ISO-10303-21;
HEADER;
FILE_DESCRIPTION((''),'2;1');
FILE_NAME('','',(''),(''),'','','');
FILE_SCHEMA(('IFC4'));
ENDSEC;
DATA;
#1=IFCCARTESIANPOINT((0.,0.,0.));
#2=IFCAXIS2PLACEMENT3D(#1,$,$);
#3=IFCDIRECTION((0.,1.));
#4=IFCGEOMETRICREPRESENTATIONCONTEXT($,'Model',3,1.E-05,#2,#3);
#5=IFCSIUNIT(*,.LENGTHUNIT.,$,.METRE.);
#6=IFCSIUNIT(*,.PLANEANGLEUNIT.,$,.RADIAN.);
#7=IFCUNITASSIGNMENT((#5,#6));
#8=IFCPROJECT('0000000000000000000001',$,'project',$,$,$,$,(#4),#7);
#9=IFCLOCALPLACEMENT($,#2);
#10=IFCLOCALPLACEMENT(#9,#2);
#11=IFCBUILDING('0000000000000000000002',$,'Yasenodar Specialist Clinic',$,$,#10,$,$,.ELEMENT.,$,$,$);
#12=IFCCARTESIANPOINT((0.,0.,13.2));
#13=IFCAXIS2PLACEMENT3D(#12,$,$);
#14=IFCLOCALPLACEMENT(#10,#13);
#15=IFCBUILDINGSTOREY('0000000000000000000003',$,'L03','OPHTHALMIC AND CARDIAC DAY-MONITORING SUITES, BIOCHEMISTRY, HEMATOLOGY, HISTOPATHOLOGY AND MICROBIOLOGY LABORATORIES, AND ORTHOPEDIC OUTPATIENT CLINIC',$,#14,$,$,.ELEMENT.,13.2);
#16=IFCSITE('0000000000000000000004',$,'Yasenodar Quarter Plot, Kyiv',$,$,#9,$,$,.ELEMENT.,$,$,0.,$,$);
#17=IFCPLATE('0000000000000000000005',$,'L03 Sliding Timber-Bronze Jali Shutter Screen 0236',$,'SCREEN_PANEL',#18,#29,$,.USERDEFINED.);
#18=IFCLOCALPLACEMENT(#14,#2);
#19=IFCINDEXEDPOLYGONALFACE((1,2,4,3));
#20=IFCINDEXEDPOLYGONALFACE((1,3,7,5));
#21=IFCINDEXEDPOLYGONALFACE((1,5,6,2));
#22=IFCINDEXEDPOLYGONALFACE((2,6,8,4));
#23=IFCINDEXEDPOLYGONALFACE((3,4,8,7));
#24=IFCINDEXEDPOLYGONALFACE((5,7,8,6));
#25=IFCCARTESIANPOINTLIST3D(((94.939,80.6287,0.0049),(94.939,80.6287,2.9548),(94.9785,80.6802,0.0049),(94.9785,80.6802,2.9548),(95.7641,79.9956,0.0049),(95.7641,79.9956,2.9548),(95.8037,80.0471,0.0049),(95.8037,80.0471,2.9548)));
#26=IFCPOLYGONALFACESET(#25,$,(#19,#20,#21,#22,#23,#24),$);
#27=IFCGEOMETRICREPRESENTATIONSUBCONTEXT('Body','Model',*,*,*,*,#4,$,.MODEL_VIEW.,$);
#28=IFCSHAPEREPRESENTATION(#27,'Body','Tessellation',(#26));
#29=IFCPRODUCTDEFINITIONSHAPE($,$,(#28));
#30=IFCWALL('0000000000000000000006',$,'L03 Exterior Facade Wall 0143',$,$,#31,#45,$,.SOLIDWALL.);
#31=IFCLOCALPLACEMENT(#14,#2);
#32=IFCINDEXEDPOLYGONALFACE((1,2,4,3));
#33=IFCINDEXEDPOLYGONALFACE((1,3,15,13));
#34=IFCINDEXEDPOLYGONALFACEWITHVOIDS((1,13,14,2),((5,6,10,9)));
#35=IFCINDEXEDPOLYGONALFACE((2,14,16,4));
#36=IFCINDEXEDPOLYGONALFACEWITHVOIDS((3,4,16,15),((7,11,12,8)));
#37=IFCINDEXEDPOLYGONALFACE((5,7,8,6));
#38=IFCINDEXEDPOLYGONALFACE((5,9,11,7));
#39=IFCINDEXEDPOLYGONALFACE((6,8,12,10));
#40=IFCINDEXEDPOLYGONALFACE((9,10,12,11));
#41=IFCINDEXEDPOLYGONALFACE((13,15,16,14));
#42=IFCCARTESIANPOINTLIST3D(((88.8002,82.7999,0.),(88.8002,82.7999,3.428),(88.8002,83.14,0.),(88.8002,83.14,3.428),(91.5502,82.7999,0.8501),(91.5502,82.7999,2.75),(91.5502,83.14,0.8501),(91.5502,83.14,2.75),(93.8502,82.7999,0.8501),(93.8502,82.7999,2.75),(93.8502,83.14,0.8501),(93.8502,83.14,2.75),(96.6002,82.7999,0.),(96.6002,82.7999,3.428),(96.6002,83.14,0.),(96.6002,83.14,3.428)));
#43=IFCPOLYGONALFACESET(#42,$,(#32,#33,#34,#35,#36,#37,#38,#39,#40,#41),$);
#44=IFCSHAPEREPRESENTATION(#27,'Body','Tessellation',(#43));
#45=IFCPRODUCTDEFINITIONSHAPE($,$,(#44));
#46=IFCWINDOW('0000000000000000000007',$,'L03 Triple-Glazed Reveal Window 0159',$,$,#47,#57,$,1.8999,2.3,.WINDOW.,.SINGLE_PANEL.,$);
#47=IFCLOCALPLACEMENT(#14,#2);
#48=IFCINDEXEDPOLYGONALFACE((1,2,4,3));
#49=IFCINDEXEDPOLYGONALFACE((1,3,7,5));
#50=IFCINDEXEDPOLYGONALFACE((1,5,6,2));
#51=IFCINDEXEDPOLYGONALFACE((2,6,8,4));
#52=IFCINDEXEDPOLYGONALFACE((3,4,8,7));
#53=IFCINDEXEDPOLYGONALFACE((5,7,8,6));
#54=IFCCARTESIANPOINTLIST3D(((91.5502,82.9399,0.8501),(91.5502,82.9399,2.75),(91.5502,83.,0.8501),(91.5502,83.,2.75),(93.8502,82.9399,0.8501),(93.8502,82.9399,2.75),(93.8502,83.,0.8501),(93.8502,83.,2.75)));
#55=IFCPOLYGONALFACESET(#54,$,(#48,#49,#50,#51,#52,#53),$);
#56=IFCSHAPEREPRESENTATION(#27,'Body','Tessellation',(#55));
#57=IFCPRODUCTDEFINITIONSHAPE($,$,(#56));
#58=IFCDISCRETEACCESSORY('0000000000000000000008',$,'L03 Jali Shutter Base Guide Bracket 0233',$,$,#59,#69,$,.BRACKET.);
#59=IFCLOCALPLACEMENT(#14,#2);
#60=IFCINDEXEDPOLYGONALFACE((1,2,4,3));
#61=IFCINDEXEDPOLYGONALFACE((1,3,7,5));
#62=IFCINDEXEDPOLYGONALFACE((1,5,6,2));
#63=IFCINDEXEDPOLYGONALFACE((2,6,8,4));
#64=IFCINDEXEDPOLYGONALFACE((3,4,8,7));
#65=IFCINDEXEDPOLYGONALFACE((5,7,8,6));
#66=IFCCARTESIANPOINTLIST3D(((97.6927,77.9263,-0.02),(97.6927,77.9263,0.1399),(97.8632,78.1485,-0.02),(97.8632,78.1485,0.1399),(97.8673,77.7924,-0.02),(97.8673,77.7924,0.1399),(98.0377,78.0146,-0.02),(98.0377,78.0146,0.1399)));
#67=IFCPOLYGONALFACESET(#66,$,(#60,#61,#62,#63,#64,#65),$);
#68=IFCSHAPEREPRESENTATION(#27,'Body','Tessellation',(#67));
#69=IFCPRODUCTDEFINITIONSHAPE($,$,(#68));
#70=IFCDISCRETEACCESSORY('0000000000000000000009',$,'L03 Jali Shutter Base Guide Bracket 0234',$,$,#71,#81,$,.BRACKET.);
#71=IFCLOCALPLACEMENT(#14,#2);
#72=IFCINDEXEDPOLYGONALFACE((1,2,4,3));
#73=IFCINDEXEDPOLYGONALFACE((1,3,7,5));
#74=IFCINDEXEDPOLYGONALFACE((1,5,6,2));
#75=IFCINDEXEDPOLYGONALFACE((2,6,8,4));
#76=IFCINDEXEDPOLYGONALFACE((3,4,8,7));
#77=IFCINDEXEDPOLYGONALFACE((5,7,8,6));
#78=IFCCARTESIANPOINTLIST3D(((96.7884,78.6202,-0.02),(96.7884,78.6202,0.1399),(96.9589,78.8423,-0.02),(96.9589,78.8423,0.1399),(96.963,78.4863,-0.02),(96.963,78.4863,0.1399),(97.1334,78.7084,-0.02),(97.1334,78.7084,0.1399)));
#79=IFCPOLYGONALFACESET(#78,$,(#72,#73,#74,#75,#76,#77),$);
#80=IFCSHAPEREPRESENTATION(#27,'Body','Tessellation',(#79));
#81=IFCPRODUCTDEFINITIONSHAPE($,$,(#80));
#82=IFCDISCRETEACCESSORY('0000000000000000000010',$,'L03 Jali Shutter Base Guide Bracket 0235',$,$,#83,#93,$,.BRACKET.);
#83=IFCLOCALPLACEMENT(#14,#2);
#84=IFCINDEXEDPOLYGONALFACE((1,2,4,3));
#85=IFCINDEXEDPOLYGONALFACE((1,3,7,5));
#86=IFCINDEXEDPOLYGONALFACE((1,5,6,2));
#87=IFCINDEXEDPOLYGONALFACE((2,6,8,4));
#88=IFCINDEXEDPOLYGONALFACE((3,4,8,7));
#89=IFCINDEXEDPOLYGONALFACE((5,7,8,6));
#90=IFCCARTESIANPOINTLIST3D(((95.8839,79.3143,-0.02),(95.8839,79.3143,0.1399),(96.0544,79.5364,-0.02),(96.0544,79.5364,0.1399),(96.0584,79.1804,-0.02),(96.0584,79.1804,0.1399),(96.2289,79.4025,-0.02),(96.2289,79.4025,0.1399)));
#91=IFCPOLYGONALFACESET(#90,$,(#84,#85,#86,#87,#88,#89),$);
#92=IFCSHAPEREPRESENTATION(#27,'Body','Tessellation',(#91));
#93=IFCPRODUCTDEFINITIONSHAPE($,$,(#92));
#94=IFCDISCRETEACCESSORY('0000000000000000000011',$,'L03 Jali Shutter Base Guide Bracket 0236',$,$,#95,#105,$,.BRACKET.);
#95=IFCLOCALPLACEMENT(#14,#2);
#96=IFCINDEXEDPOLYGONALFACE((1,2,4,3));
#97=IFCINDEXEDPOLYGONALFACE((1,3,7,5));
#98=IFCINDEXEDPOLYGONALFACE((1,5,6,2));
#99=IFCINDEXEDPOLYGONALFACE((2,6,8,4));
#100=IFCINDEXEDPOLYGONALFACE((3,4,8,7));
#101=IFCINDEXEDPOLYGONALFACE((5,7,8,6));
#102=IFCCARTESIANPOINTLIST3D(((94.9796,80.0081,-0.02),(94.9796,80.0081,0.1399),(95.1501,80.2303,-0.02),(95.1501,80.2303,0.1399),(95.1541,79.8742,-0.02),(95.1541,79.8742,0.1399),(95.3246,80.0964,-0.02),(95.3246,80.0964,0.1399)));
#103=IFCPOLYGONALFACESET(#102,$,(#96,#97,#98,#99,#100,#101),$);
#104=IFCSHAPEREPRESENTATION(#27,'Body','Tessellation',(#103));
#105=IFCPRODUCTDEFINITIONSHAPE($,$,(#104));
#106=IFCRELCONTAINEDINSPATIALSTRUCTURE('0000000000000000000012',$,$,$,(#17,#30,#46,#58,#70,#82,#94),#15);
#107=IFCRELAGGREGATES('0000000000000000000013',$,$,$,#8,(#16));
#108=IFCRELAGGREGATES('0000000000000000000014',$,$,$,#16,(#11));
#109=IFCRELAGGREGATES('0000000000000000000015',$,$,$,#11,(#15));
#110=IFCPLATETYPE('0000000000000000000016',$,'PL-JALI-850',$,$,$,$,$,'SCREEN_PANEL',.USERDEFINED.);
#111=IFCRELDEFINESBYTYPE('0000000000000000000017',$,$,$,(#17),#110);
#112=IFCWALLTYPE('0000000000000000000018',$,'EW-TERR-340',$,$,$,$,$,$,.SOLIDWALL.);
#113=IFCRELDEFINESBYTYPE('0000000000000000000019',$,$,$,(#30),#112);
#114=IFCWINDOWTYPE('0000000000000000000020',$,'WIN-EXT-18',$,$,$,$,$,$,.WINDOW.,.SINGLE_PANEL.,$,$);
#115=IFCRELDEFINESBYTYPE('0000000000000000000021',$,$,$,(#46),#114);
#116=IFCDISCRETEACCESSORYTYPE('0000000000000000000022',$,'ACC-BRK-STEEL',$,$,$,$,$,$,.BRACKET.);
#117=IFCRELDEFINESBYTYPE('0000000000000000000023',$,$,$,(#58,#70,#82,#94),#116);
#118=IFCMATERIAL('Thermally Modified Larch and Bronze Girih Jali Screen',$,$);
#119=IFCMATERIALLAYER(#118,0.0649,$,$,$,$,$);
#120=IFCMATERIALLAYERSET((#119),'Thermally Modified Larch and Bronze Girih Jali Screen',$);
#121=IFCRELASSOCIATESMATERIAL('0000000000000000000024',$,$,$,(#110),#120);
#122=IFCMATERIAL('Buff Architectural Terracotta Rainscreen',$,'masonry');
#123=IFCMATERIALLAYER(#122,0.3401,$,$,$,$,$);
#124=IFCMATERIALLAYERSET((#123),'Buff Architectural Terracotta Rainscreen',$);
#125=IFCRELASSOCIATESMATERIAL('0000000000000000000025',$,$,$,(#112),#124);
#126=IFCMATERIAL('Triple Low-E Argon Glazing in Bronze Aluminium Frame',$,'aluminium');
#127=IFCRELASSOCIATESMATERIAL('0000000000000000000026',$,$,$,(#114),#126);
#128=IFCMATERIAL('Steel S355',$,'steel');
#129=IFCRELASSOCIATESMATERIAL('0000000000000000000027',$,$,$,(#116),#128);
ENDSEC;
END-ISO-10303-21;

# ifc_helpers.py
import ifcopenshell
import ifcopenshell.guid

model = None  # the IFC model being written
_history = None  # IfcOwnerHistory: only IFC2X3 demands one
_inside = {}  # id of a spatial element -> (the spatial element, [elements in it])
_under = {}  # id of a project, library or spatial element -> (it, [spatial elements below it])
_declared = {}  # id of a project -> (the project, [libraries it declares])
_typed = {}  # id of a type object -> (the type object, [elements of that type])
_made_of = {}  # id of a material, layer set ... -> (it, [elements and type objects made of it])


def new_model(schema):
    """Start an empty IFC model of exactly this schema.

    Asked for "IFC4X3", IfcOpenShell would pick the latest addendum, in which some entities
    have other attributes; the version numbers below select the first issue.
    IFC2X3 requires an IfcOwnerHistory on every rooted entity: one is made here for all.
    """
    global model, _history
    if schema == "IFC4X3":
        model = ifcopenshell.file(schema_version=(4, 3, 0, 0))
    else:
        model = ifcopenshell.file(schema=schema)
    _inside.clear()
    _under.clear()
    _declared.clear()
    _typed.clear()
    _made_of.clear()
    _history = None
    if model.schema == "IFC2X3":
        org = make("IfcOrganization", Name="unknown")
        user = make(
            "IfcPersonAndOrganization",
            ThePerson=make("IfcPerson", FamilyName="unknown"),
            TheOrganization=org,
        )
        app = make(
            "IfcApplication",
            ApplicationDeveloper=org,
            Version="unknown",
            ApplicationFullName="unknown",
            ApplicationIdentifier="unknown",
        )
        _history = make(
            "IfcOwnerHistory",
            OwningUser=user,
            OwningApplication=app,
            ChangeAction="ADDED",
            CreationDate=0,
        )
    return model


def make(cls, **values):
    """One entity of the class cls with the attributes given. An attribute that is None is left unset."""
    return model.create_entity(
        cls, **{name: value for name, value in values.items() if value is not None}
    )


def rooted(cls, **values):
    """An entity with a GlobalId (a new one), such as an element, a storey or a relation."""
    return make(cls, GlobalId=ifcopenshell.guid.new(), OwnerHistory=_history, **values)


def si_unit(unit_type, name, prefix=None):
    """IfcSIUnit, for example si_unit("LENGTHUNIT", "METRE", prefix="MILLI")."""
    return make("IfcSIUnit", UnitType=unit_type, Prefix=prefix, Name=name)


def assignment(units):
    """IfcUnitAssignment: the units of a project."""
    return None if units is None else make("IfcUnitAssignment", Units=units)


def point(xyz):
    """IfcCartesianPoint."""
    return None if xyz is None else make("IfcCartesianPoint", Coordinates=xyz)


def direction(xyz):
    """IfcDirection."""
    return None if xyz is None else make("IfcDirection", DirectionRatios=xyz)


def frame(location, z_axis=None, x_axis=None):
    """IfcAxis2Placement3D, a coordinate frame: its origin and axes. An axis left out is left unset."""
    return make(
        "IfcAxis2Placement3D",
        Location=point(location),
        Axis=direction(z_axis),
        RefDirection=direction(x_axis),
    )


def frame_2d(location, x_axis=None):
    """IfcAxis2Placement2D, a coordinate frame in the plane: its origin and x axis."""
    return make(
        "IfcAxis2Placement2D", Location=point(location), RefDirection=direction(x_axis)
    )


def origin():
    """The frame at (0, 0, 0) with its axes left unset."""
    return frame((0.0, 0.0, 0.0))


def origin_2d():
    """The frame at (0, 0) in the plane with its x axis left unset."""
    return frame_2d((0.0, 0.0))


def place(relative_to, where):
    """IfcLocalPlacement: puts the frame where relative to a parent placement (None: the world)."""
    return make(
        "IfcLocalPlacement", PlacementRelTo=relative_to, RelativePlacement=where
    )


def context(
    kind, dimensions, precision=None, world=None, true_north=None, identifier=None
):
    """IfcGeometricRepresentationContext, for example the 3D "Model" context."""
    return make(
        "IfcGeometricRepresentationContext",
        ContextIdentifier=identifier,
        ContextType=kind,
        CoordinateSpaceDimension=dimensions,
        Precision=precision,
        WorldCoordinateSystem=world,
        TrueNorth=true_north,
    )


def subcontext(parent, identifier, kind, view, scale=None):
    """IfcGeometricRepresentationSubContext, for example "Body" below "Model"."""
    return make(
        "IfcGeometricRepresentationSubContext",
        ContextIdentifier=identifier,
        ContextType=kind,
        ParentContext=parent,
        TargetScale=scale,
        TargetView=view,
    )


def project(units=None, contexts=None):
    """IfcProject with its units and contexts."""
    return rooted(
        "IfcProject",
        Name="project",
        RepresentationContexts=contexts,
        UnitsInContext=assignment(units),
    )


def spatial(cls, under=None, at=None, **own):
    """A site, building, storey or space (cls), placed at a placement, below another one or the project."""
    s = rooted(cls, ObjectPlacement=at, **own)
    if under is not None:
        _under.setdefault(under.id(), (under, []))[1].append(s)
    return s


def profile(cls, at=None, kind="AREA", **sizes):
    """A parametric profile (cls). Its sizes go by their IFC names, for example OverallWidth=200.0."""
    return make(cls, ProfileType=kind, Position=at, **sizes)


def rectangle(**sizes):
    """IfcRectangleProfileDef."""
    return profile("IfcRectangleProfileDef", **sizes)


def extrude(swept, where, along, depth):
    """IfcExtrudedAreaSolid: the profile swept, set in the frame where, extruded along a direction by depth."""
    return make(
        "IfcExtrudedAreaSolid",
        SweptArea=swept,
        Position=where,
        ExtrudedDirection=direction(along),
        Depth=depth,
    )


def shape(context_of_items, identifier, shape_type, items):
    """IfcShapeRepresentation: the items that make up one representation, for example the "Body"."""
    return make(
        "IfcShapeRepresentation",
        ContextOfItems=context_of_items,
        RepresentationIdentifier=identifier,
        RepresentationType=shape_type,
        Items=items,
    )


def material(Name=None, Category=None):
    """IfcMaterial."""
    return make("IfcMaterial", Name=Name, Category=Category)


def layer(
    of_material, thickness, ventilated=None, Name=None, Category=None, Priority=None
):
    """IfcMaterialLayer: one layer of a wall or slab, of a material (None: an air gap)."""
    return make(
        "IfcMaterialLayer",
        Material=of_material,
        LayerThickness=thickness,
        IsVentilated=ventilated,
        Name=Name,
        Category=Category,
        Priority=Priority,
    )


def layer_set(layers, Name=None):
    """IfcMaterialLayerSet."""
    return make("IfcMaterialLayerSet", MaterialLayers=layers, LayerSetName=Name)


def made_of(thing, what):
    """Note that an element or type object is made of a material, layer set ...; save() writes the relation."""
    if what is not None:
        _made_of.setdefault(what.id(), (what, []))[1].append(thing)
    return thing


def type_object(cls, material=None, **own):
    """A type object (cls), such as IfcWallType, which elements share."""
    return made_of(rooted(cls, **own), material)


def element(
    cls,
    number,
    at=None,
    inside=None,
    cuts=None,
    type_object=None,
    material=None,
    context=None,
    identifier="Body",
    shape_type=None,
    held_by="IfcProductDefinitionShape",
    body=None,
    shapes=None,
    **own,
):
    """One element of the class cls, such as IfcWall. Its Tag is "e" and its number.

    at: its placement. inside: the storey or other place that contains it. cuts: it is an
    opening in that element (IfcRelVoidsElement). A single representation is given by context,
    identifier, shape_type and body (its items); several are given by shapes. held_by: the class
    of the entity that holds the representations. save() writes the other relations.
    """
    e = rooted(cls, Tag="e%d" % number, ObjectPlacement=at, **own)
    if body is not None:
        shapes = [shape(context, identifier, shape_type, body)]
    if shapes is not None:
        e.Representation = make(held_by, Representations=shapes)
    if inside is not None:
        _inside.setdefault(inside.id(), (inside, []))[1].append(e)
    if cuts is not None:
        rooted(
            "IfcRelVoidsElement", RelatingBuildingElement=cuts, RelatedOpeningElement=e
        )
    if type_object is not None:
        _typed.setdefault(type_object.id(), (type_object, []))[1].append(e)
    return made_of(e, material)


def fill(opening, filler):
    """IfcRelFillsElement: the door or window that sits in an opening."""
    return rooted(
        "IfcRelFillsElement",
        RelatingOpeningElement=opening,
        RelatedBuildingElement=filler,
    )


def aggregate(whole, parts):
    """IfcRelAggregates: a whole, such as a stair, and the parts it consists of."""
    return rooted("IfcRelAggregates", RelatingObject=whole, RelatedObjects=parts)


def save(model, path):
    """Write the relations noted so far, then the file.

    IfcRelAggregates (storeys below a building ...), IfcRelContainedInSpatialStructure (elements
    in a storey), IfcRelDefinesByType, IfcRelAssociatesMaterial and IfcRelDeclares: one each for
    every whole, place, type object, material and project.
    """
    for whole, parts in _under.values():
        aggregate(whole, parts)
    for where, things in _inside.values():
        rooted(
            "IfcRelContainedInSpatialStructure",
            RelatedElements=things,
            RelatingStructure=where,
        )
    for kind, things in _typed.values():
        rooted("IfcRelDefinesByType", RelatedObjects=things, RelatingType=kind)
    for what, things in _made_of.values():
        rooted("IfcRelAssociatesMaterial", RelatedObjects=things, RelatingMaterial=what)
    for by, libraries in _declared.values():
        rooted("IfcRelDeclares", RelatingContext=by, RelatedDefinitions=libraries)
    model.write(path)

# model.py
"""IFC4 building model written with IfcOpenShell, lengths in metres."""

from ifc_helpers import new_model, si_unit, direction, frame, frame_2d, origin, origin_2d, place, context, subcontext, project, spatial, rectangle, extrude, material, layer, layer_set, type_object, element, fill, save


model = new_model("IFC4")

# Units and contexts
model_context = context("Model", 3, precision=1e-05, world=origin(), true_north=direction((0.0, 1.0)))
body_context = subcontext(model_context, "Body", "Model", "MODEL_VIEW")
ifc_project = project(units=[si_unit("LENGTHUNIT", "METRE"), si_unit("PLANEANGLEUNIT", "RADIAN")], contexts=[model_context])

# Site, building, storey
site_placement = place(None, origin())
site = spatial("IfcSite", under=ifc_project, at=site_placement, Name="Yasenodar Quarter Plot, Kyiv", CompositionType="ELEMENT", RefElevation=0.0)
building_placement = place(site_placement, origin())
building = spatial("IfcBuilding", under=site, at=building_placement, Name="Yasenodar Specialist Clinic", CompositionType="ELEMENT")
storey_placement = place(building_placement, frame((0.0, 0.0, 13.2)))
storey = spatial("IfcBuildingStorey", under=building, at=storey_placement, Name="L03", Description="OPHTHALMIC AND CARDIAC DAY-MONITORING SUITES, BIOCHEMISTRY, HEMATOLOGY, HISTOPATHOLOGY AND MICROBIOLOGY LABORATORIES, AND ORTHOPEDIC OUTPATIENT CLINIC", CompositionType="ELEMENT", Elevation=13.2)

# Shared definitions
ifc_material_1 = material(Name="Steel S355", Category="steel")

# Plate
ifc_material_2 = material(Name="Thermally Modified Larch and Bronze Girih Jali Screen")
ifc_layer_1 = layer(ifc_material_2, 0.0649)
ifc_layer_set_1 = layer_set([ifc_layer_1], Name="Thermally Modified Larch and Bronze Girih Jali Screen")
plate_type_1 = type_object("IfcPlateType", Name="PL-JALI-850", ElementType="SCREEN_PANEL", PredefinedType="USERDEFINED", material=ifc_layer_set_1)
for number, where, z_axis, x_axis, name in (
    (1, (95.3713, 80.3379, 0.0049), (0.0, 0.0, 1.0), (-0.793351, 0.608764, 0.0), "L03 Sliding Timber-Bronze Jali Shutter Screen 0236"),
):
    element("IfcPlate", number, at=place(storey_placement, frame(where, z_axis=z_axis, x_axis=x_axis)), inside=storey, type_object=plate_type_1, Name=name, ObjectType="SCREEN_PANEL", PredefinedType="USERDEFINED", context=body_context, shape_type="SweptSolid", body=[
        extrude(rectangle(XDim=1.04, YDim=0.0649, at=origin_2d()), origin(), (0.0, 0.0, 1.0), 2.95),
    ])

# Wall, opening, window
ifc_material_3 = material(Name="Buff Architectural Terracotta Rainscreen", Category="masonry")
ifc_layer_2 = layer(ifc_material_3, 0.3401)
ifc_layer_set_2 = layer_set([ifc_layer_2], Name="Buff Architectural Terracotta Rainscreen")
wall_type = type_object("IfcWallType", Name="EW-TERR-340", PredefinedType="SOLIDWALL", material=ifc_layer_set_2)
wall_placement = place(storey_placement, frame((96.6001, 82.97, 0.0), z_axis=(0.0, 0.0, 1.0), x_axis=(-1.0, 0.0, 0.0)))
wall = element("IfcWall", 2, at=wall_placement, inside=storey, type_object=wall_type, Name="L03 Exterior Facade Wall 0143", PredefinedType="SOLIDWALL", context=body_context, shape_type="SweptSolid", body=[
    extrude(rectangle(XDim=7.8, YDim=0.3401, at=frame_2d((3.8999, 0.0))), origin(), (0.0, 0.0, 1.0), 3.428),
])
opening_placement = place(wall_placement, frame((2.75, 0.0, 0.8501)))
opening = element("IfcOpeningElement", 3, at=opening_placement, cuts=wall, PredefinedType="OPENING", context=body_context, shape_type="SweptSolid", body=[
    extrude(rectangle(XDim=2.3, YDim=1.8999, at=frame_2d((1.1499, 0.95))), frame((0.0, 0.1802, 0.0), z_axis=(0.0, -1.0, 0.0), x_axis=(1.0, 0.0, 0.0)), (0.0, 0.0, 1.0), 0.3601),
])
ifc_material_4 = material(Name="Triple Low-E Argon Glazing in Bronze Aluminium Frame", Category="aluminium")
window_type = type_object("IfcWindowType", Name="WIN-EXT-18", PartitioningType="SINGLE_PANEL", PredefinedType="WINDOW", material=ifc_material_4)
window_placement = place(opening_placement, origin())
window = element("IfcWindow", 4, at=window_placement, inside=storey, type_object=window_type, Name="L03 Triple-Glazed Reveal Window 0159", OverallHeight=1.8999, OverallWidth=2.3, PartitioningType="SINGLE_PANEL", PredefinedType="WINDOW", context=body_context, shape_type="SweptSolid", body=[
    extrude(rectangle(XDim=2.3, YDim=1.8999, at=frame_2d((1.1499, 0.95))), frame((0.0, 0.03, 0.0), z_axis=(0.0, -1.0, 0.0), x_axis=(1.0, 0.0, 0.0)), (0.0, 0.0, 1.0), 0.0601),
])
fill(opening, window)

# Discrete accessories
discrete_accessory_type = type_object("IfcDiscreteAccessoryType", Name="ACC-BRK-STEEL", PredefinedType="BRACKET", material=ifc_material_1)
for number, where, z_axis, x_axis, name in (
    (5, (97.8652, 77.9705, -0.02), (0.0, 0.0, 1.0), (-0.793351, 0.608764, 0.0), "L03 Jali Shutter Base Guide Bracket 0233"),
    (6, (96.9609, 78.6643, -0.02), (0.0, 0.0, 1.0), (-0.793351, 0.608764, 0.0), "L03 Jali Shutter Base Guide Bracket 0234"),
    (7, (96.0564, 79.3584, -0.02), (0.0, 0.0, 1.0), (-0.793351, 0.608764, 0.0), "L03 Jali Shutter Base Guide Bracket 0235"),
    (8, (95.1521, 80.0522, -0.02), (0.0, 0.0, 1.0), (-0.793351, 0.608764, 0.0), "L03 Jali Shutter Base Guide Bracket 0236"),
):
    element("IfcDiscreteAccessory", number, at=place(storey_placement, frame(where, z_axis=z_axis, x_axis=x_axis)), inside=storey, type_object=discrete_accessory_type, Name=name, PredefinedType="BRACKET", context=body_context, shape_type="SweptSolid", body=[
        extrude(rectangle(XDim=0.22, YDim=0.28, at=origin_2d()), origin(), (0.0, 0.0, 1.0), 0.1599),
    ])

save(model, "model.ifc")
